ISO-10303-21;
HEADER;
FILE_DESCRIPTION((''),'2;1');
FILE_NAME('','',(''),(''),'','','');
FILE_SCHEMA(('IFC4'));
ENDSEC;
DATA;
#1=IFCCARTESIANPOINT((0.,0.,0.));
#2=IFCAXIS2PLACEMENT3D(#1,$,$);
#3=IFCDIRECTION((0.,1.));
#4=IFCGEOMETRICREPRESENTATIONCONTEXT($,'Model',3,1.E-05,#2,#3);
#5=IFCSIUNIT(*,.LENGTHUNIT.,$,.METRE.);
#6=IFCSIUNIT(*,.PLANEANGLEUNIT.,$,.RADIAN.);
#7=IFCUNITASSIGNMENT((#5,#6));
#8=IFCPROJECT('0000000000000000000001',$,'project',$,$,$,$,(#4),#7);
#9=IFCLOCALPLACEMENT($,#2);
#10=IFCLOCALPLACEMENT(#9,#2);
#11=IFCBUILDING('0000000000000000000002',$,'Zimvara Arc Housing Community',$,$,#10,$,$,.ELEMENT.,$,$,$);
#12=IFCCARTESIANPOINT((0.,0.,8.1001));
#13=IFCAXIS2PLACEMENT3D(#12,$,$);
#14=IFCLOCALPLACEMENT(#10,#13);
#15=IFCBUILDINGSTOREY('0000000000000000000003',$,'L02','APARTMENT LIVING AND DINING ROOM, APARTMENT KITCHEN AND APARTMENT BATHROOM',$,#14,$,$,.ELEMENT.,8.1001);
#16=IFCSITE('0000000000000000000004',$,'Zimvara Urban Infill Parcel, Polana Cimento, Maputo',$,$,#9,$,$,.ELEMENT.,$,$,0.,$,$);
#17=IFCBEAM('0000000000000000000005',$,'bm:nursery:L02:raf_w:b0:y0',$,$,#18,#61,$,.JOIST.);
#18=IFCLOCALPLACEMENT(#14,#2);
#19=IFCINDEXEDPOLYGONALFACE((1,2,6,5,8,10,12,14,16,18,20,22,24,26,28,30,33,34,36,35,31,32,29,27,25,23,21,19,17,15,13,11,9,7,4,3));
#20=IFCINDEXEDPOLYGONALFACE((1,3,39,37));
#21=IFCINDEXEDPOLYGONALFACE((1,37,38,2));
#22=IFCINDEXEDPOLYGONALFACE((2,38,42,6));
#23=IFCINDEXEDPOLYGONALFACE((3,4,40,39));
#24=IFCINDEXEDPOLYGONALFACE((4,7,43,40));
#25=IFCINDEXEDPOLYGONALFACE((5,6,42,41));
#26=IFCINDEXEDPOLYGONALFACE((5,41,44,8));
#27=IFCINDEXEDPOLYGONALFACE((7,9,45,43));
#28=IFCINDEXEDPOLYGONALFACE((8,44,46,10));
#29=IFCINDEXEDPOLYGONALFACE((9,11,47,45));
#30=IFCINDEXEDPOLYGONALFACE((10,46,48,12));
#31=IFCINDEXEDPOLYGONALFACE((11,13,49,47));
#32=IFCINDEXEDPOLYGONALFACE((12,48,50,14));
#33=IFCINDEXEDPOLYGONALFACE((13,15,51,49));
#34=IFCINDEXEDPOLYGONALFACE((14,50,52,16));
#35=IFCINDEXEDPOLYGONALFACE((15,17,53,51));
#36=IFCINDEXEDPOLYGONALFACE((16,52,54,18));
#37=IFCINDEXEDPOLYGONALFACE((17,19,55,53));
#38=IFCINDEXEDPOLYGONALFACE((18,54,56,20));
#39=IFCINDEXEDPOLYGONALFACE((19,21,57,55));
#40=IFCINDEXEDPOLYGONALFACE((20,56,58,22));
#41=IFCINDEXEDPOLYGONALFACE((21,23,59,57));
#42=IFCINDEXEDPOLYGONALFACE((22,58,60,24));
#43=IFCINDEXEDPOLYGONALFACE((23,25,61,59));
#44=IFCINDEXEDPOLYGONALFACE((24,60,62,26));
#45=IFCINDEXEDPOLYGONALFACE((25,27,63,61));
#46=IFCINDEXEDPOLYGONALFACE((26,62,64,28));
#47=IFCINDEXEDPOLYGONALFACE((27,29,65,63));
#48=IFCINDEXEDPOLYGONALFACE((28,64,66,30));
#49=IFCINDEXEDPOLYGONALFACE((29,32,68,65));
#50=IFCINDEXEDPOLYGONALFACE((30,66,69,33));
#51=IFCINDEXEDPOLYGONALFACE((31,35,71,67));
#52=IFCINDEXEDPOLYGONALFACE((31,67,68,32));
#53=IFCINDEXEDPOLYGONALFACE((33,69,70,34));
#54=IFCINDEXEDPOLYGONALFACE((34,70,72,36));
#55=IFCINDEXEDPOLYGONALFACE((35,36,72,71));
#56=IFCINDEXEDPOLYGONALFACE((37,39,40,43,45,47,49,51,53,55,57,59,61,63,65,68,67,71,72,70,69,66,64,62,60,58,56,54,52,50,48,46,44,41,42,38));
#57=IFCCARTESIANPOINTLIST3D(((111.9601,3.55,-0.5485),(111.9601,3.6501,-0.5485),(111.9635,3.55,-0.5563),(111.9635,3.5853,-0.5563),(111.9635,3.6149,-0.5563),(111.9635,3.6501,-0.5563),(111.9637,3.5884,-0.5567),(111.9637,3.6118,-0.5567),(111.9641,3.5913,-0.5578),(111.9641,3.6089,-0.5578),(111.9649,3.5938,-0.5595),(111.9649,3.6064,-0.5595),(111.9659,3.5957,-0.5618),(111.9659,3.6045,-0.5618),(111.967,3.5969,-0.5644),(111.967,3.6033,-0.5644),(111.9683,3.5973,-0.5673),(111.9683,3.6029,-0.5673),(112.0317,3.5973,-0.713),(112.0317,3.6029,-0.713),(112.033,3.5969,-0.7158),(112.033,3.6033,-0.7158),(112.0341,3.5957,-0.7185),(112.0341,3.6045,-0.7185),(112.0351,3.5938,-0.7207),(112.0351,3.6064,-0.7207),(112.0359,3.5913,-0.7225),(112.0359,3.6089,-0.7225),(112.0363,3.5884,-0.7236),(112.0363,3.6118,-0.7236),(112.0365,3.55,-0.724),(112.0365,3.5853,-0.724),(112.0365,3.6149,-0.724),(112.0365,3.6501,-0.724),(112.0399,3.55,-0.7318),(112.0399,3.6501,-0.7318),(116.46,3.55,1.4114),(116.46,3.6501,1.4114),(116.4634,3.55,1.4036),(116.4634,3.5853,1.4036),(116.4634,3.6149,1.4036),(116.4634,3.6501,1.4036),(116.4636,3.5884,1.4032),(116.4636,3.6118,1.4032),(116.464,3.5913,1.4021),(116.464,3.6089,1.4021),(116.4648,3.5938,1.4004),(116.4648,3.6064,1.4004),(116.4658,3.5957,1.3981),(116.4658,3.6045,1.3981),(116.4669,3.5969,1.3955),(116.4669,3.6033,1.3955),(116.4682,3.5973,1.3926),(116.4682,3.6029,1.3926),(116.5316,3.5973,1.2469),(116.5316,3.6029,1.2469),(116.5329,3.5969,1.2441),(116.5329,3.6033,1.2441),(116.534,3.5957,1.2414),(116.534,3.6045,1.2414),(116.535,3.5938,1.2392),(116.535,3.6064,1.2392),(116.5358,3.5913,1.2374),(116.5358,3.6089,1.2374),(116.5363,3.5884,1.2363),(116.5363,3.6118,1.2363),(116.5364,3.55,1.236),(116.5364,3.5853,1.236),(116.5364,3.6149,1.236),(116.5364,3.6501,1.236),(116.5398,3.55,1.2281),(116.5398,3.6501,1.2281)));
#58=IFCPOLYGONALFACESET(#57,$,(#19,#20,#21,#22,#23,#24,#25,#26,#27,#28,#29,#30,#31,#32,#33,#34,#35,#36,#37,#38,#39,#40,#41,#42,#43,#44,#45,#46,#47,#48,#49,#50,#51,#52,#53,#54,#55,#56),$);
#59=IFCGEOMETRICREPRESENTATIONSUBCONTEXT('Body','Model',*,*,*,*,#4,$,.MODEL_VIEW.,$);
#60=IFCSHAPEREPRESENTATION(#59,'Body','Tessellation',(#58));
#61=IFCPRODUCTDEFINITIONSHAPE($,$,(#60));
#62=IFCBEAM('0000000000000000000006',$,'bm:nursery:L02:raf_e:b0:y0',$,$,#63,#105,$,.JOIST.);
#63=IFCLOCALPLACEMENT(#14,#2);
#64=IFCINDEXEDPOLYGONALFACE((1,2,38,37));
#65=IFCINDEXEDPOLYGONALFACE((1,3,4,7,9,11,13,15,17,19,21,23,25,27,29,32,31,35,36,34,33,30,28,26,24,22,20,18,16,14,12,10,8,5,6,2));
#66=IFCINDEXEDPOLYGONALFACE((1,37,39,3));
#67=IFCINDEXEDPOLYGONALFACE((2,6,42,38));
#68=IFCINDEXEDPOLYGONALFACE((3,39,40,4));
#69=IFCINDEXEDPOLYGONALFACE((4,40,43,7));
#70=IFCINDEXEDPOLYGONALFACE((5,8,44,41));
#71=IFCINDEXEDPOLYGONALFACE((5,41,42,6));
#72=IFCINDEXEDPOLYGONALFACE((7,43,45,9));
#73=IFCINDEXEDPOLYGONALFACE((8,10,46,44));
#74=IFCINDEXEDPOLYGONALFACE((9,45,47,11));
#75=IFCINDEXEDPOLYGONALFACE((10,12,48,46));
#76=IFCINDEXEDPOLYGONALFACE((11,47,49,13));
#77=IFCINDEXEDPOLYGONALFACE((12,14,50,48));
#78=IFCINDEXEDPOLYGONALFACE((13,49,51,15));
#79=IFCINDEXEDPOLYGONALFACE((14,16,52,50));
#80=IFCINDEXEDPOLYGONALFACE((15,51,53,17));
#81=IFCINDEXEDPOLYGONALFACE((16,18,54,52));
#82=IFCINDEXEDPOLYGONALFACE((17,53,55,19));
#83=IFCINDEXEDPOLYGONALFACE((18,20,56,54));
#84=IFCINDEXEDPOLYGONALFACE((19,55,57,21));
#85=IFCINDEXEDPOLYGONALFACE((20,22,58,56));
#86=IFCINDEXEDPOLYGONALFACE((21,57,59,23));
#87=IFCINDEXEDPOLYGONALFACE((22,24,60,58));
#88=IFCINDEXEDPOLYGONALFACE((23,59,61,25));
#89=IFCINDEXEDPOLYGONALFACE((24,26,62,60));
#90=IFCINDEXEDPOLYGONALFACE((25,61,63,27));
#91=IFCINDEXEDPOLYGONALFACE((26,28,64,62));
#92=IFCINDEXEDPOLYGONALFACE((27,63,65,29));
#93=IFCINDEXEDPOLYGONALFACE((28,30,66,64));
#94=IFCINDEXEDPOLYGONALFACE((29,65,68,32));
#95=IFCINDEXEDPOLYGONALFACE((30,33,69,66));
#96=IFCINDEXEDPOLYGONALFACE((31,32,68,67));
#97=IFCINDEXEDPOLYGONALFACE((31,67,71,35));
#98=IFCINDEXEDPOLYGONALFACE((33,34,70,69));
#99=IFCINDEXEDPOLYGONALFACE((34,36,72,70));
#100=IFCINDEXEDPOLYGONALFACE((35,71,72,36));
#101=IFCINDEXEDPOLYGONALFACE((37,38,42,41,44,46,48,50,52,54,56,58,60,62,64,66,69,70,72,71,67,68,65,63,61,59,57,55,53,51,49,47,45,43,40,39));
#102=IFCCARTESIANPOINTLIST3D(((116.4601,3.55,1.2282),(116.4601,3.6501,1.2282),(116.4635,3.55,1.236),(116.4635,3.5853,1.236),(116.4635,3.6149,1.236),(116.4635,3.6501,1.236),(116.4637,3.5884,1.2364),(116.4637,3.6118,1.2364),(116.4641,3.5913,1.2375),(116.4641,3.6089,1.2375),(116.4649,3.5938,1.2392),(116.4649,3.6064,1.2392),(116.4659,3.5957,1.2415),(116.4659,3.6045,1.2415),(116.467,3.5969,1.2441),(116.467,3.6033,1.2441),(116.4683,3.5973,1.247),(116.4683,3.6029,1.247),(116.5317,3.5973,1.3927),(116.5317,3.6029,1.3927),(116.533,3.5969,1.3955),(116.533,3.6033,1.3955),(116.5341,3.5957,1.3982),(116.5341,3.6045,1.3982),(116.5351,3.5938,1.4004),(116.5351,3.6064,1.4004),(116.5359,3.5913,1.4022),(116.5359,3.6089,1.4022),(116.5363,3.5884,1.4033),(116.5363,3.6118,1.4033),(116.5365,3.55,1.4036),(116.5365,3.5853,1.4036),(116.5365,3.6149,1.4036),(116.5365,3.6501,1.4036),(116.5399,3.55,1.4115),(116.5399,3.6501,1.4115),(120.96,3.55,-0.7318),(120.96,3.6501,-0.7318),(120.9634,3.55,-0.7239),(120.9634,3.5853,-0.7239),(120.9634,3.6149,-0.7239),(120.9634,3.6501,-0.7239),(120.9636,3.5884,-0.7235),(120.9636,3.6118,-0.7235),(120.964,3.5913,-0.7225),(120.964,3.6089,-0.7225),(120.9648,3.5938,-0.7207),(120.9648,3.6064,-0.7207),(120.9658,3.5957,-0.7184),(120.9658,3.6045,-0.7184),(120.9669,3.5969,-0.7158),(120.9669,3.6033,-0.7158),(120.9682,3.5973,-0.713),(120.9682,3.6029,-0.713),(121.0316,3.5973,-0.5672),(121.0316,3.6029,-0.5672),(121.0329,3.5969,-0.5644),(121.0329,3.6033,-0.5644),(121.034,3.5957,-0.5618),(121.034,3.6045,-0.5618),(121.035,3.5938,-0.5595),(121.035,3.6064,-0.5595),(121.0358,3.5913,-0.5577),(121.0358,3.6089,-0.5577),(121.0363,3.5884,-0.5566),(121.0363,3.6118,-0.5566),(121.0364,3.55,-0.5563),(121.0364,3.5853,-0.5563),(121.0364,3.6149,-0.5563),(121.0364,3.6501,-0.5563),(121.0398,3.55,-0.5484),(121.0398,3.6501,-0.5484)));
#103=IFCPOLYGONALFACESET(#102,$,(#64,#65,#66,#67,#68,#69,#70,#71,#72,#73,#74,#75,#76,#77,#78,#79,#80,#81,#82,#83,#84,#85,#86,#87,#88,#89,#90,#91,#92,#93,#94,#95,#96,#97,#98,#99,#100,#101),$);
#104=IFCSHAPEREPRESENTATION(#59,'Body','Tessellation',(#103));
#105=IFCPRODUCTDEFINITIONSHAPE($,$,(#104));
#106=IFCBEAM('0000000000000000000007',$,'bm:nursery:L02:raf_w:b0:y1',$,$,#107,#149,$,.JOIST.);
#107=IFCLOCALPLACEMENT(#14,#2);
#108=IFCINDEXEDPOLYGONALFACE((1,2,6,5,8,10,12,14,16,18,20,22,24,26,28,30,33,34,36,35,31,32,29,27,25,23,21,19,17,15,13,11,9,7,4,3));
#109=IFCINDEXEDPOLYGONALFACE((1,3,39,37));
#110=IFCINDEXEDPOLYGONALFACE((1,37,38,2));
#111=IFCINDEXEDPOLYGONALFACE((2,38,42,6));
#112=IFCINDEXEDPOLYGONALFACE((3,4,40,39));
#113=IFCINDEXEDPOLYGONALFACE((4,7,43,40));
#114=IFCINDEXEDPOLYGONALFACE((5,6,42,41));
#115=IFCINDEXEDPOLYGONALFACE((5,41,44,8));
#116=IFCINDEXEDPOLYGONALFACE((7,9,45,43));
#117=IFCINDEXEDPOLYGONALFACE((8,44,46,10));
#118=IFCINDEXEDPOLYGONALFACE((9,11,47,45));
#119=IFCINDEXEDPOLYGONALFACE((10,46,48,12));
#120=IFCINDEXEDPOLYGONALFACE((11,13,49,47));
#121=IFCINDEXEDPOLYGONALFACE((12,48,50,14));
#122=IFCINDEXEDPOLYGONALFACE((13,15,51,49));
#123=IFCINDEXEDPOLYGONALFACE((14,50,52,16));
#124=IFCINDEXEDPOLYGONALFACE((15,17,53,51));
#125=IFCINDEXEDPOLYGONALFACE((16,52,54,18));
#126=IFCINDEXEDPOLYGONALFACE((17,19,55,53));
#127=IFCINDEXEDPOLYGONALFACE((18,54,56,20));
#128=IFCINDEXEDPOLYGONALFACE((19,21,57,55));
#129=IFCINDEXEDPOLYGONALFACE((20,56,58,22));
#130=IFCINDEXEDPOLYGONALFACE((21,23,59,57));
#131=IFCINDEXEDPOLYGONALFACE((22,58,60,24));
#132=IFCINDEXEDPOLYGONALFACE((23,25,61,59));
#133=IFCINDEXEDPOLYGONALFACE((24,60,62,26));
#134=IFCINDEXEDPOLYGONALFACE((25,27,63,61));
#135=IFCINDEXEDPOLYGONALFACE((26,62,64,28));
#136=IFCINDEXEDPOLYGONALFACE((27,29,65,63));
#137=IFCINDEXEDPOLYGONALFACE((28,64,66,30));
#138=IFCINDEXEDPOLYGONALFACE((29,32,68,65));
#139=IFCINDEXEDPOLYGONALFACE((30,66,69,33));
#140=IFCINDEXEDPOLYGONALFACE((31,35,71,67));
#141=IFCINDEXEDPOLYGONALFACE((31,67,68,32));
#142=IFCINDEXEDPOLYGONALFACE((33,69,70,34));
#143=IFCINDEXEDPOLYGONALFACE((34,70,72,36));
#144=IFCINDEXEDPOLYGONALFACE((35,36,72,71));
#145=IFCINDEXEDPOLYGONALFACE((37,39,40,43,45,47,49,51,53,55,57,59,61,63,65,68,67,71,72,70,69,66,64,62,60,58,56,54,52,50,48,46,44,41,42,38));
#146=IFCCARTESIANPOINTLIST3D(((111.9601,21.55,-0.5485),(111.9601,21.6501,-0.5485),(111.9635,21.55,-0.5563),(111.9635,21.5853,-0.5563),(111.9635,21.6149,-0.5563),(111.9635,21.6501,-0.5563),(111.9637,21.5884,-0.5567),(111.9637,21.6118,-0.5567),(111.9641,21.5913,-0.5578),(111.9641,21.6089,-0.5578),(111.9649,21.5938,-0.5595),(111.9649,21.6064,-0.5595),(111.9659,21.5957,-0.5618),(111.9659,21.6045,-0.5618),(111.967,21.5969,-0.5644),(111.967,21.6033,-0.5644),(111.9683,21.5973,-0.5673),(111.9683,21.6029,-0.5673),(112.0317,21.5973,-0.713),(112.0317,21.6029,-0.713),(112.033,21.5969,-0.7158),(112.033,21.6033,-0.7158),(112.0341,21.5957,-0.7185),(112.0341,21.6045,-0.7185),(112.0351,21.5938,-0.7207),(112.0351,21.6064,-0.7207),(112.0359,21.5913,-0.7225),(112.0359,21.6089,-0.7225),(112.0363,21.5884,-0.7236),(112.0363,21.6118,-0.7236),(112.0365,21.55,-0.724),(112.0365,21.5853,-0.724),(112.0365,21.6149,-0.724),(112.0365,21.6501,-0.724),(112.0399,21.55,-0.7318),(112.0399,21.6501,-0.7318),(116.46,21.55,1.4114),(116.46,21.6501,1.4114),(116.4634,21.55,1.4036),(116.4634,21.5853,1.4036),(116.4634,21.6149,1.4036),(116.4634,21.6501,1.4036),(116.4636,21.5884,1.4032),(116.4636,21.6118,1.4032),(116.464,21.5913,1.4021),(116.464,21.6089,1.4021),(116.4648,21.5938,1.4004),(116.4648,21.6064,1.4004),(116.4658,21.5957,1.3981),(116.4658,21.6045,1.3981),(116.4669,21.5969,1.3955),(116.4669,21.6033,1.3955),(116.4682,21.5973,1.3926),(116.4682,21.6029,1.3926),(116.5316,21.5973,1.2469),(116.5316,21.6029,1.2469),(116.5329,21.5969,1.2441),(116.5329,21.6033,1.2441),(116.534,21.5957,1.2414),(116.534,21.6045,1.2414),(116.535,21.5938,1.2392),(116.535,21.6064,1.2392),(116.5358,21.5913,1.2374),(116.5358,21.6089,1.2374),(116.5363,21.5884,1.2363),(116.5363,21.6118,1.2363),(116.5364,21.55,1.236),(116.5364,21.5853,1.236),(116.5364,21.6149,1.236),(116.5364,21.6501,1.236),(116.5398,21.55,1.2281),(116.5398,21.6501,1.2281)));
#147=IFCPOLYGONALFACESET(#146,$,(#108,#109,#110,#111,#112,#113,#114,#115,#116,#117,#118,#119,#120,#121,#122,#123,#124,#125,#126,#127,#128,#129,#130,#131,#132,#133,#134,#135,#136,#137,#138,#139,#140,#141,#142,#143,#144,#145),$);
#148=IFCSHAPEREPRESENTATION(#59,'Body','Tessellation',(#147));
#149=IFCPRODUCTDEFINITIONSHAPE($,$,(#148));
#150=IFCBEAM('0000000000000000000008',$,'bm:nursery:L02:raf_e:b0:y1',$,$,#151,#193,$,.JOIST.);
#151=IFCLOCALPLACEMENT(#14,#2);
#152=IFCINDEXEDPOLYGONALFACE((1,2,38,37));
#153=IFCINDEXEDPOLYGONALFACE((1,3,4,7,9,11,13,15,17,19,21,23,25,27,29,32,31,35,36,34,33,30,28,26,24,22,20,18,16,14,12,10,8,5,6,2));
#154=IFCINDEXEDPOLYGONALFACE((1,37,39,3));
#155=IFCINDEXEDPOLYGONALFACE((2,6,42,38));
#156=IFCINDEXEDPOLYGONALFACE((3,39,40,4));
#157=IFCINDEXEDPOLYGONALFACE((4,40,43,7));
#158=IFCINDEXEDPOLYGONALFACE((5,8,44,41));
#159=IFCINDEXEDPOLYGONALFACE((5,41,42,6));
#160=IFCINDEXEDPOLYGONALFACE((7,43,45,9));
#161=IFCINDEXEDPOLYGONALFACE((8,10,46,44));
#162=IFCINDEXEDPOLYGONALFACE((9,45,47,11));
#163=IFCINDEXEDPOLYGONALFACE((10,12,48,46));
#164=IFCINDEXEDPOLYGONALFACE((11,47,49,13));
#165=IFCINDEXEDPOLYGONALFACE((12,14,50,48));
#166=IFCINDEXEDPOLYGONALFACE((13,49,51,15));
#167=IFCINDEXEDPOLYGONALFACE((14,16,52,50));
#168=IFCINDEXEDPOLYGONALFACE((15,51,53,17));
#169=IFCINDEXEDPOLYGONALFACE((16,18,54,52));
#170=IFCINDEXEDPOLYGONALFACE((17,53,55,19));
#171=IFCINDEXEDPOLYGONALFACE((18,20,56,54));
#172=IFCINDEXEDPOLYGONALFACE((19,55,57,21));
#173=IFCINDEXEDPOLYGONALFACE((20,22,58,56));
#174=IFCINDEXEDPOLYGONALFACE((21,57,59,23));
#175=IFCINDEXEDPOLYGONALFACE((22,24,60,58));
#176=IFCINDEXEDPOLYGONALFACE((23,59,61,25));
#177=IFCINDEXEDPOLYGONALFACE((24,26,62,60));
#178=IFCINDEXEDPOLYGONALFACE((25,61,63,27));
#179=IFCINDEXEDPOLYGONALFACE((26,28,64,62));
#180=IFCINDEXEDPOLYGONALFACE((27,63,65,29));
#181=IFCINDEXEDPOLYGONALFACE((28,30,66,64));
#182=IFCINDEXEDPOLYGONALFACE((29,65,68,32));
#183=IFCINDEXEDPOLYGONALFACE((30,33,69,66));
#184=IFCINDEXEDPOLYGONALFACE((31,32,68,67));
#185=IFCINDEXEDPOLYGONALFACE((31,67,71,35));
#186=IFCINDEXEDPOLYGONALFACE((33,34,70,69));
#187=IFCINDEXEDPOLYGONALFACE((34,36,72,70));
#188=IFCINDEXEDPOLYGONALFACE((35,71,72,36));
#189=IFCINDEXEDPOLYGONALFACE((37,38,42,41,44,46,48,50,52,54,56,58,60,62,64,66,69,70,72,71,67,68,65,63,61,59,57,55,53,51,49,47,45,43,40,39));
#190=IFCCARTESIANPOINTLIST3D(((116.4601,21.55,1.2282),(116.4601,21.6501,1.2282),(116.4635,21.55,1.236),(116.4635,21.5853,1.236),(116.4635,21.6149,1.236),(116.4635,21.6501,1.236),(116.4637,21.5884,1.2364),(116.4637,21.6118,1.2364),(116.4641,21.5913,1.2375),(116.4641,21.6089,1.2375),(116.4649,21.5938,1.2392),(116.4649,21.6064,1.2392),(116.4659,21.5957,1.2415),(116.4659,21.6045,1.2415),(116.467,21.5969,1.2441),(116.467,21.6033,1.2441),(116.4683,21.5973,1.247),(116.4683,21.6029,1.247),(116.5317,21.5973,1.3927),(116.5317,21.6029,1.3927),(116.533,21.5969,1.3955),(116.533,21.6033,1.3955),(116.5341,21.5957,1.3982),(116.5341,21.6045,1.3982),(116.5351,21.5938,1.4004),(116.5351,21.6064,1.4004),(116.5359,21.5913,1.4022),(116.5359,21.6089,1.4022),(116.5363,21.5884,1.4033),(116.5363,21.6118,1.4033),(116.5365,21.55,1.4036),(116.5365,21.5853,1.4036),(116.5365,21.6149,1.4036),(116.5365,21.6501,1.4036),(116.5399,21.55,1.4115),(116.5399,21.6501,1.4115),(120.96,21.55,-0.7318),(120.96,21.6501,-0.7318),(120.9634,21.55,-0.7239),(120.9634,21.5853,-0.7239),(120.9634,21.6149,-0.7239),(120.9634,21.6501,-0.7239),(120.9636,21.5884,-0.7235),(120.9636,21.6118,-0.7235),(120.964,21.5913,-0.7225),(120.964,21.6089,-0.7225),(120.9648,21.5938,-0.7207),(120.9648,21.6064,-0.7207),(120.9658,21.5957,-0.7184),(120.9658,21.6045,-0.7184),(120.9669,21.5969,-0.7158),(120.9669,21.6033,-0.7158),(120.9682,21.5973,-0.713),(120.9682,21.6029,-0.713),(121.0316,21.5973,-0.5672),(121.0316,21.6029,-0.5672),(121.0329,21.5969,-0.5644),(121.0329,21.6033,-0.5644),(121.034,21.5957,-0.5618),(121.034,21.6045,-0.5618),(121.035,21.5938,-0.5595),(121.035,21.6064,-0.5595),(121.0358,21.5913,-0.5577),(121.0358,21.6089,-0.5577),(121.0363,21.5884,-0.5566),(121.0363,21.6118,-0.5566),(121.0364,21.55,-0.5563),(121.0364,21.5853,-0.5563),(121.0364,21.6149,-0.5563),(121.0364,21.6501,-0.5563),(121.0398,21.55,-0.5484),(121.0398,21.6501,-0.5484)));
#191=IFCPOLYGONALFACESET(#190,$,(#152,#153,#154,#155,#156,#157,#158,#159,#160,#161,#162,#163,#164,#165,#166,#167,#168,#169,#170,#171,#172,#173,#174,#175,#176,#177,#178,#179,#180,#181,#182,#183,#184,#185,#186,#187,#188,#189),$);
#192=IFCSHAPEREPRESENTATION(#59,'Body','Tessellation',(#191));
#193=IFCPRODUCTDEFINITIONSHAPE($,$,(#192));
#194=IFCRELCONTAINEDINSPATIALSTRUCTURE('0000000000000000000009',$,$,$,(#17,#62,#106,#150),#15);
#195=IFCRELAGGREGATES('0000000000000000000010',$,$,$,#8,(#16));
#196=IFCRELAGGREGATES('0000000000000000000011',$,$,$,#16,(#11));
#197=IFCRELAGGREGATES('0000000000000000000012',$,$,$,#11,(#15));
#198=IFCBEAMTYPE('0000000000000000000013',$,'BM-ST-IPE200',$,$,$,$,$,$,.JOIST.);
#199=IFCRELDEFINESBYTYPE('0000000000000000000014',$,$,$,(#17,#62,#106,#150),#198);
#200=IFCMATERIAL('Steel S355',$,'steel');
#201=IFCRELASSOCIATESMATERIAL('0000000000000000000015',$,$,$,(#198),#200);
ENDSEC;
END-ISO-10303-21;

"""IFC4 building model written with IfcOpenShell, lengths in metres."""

from ifc_helpers import new_model, si_unit, direction, frame, origin, origin_2d, place, context, subcontext, project, spatial, i_section, extrude, material, material_profile, profile_set, type_object, element, save


model = new_model("IFC4")

# Units and contexts
model_context = context("Model", 3, precision=1e-05, world=origin(), true_north=direction((0.0, 1.0)))
body_context = subcontext(model_context, "Body", "Model", "MODEL_VIEW")
ifc_project = project(units=[si_unit("LENGTHUNIT", "METRE"), si_unit("PLANEANGLEUNIT", "RADIAN")], contexts=[model_context])

# Site, building, storey
site_placement = place(None, origin())
site = spatial("IfcSite", under=ifc_project, at=site_placement, Name="Zimvara Urban Infill Parcel, Polana Cimento, Maputo", CompositionType="ELEMENT", RefElevation=0.0)
building_placement = place(site_placement, origin())
building = spatial("IfcBuilding", under=site, at=building_placement, Name="Zimvara Arc Housing Community", CompositionType="ELEMENT")
storey_placement = place(building_placement, frame((0.0, 0.0, 8.1001)))
storey = spatial("IfcBuildingStorey", under=building, at=storey_placement, Name="L02", Description="APARTMENT LIVING AND DINING ROOM, APARTMENT KITCHEN AND APARTMENT BATHROOM", CompositionType="ELEMENT", Elevation=8.1001)

# Beams
ifc_material_1 = material(Name="Steel S355", Category="steel")
ifc_material_profile_1 = material_profile(ifc_material_1, i_section(OverallWidth=0.1001, OverallDepth=0.2, WebThickness=0.0056, FlangeThickness=0.0085, FilletRadius=0.012, at=origin_2d()), Name="IPE 200")
ifc_profile_set_1 = profile_set([ifc_material_profile_1], Name="Steel S355")
beam_type_1 = type_object("IfcBeamType", Name="BM-ST-IPE200", PredefinedType="JOIST", material=ifc_profile_set_1)
for number, where, z_axis, x_axis, name in (
    (1, (112.0, 3.6001, -0.6401), (0.916814, 0.0, 0.399315), (0.0, 1.0, 0.0), "bm:nursery:L02:raf_w:b0:y0"),
    (2, (116.5, 3.6001, 1.3198), (0.916814, 0.0, -0.399315), (0.0, 1.0, 0.0), "bm:nursery:L02:raf_e:b0:y0"),
    (3, (112.0, 21.6001, -0.6401), (0.916814, 0.0, 0.399315), (0.0, 1.0, 0.0), "bm:nursery:L02:raf_w:b0:y1"),
    (4, (116.5, 21.6001, 1.3198), (0.916814, 0.0, -0.399315), (0.0, 1.0, 0.0), "bm:nursery:L02:raf_e:b0:y1"),
):
    element("IfcBeam", number, at=place(storey_placement, frame(where, z_axis=z_axis, x_axis=x_axis)), inside=storey, type_object=beam_type_1, Name=name, PredefinedType="JOIST", context=body_context, shape_type="SweptSolid", body=[
        extrude(i_section(OverallWidth=0.1001, OverallDepth=0.2, WebThickness=0.0056, FlangeThickness=0.0085, FilletRadius=0.012, at=origin_2d()), origin(), (0.0, 0.0, 1.0), 4.9082),
    ])

save(model, "model.ifc")
